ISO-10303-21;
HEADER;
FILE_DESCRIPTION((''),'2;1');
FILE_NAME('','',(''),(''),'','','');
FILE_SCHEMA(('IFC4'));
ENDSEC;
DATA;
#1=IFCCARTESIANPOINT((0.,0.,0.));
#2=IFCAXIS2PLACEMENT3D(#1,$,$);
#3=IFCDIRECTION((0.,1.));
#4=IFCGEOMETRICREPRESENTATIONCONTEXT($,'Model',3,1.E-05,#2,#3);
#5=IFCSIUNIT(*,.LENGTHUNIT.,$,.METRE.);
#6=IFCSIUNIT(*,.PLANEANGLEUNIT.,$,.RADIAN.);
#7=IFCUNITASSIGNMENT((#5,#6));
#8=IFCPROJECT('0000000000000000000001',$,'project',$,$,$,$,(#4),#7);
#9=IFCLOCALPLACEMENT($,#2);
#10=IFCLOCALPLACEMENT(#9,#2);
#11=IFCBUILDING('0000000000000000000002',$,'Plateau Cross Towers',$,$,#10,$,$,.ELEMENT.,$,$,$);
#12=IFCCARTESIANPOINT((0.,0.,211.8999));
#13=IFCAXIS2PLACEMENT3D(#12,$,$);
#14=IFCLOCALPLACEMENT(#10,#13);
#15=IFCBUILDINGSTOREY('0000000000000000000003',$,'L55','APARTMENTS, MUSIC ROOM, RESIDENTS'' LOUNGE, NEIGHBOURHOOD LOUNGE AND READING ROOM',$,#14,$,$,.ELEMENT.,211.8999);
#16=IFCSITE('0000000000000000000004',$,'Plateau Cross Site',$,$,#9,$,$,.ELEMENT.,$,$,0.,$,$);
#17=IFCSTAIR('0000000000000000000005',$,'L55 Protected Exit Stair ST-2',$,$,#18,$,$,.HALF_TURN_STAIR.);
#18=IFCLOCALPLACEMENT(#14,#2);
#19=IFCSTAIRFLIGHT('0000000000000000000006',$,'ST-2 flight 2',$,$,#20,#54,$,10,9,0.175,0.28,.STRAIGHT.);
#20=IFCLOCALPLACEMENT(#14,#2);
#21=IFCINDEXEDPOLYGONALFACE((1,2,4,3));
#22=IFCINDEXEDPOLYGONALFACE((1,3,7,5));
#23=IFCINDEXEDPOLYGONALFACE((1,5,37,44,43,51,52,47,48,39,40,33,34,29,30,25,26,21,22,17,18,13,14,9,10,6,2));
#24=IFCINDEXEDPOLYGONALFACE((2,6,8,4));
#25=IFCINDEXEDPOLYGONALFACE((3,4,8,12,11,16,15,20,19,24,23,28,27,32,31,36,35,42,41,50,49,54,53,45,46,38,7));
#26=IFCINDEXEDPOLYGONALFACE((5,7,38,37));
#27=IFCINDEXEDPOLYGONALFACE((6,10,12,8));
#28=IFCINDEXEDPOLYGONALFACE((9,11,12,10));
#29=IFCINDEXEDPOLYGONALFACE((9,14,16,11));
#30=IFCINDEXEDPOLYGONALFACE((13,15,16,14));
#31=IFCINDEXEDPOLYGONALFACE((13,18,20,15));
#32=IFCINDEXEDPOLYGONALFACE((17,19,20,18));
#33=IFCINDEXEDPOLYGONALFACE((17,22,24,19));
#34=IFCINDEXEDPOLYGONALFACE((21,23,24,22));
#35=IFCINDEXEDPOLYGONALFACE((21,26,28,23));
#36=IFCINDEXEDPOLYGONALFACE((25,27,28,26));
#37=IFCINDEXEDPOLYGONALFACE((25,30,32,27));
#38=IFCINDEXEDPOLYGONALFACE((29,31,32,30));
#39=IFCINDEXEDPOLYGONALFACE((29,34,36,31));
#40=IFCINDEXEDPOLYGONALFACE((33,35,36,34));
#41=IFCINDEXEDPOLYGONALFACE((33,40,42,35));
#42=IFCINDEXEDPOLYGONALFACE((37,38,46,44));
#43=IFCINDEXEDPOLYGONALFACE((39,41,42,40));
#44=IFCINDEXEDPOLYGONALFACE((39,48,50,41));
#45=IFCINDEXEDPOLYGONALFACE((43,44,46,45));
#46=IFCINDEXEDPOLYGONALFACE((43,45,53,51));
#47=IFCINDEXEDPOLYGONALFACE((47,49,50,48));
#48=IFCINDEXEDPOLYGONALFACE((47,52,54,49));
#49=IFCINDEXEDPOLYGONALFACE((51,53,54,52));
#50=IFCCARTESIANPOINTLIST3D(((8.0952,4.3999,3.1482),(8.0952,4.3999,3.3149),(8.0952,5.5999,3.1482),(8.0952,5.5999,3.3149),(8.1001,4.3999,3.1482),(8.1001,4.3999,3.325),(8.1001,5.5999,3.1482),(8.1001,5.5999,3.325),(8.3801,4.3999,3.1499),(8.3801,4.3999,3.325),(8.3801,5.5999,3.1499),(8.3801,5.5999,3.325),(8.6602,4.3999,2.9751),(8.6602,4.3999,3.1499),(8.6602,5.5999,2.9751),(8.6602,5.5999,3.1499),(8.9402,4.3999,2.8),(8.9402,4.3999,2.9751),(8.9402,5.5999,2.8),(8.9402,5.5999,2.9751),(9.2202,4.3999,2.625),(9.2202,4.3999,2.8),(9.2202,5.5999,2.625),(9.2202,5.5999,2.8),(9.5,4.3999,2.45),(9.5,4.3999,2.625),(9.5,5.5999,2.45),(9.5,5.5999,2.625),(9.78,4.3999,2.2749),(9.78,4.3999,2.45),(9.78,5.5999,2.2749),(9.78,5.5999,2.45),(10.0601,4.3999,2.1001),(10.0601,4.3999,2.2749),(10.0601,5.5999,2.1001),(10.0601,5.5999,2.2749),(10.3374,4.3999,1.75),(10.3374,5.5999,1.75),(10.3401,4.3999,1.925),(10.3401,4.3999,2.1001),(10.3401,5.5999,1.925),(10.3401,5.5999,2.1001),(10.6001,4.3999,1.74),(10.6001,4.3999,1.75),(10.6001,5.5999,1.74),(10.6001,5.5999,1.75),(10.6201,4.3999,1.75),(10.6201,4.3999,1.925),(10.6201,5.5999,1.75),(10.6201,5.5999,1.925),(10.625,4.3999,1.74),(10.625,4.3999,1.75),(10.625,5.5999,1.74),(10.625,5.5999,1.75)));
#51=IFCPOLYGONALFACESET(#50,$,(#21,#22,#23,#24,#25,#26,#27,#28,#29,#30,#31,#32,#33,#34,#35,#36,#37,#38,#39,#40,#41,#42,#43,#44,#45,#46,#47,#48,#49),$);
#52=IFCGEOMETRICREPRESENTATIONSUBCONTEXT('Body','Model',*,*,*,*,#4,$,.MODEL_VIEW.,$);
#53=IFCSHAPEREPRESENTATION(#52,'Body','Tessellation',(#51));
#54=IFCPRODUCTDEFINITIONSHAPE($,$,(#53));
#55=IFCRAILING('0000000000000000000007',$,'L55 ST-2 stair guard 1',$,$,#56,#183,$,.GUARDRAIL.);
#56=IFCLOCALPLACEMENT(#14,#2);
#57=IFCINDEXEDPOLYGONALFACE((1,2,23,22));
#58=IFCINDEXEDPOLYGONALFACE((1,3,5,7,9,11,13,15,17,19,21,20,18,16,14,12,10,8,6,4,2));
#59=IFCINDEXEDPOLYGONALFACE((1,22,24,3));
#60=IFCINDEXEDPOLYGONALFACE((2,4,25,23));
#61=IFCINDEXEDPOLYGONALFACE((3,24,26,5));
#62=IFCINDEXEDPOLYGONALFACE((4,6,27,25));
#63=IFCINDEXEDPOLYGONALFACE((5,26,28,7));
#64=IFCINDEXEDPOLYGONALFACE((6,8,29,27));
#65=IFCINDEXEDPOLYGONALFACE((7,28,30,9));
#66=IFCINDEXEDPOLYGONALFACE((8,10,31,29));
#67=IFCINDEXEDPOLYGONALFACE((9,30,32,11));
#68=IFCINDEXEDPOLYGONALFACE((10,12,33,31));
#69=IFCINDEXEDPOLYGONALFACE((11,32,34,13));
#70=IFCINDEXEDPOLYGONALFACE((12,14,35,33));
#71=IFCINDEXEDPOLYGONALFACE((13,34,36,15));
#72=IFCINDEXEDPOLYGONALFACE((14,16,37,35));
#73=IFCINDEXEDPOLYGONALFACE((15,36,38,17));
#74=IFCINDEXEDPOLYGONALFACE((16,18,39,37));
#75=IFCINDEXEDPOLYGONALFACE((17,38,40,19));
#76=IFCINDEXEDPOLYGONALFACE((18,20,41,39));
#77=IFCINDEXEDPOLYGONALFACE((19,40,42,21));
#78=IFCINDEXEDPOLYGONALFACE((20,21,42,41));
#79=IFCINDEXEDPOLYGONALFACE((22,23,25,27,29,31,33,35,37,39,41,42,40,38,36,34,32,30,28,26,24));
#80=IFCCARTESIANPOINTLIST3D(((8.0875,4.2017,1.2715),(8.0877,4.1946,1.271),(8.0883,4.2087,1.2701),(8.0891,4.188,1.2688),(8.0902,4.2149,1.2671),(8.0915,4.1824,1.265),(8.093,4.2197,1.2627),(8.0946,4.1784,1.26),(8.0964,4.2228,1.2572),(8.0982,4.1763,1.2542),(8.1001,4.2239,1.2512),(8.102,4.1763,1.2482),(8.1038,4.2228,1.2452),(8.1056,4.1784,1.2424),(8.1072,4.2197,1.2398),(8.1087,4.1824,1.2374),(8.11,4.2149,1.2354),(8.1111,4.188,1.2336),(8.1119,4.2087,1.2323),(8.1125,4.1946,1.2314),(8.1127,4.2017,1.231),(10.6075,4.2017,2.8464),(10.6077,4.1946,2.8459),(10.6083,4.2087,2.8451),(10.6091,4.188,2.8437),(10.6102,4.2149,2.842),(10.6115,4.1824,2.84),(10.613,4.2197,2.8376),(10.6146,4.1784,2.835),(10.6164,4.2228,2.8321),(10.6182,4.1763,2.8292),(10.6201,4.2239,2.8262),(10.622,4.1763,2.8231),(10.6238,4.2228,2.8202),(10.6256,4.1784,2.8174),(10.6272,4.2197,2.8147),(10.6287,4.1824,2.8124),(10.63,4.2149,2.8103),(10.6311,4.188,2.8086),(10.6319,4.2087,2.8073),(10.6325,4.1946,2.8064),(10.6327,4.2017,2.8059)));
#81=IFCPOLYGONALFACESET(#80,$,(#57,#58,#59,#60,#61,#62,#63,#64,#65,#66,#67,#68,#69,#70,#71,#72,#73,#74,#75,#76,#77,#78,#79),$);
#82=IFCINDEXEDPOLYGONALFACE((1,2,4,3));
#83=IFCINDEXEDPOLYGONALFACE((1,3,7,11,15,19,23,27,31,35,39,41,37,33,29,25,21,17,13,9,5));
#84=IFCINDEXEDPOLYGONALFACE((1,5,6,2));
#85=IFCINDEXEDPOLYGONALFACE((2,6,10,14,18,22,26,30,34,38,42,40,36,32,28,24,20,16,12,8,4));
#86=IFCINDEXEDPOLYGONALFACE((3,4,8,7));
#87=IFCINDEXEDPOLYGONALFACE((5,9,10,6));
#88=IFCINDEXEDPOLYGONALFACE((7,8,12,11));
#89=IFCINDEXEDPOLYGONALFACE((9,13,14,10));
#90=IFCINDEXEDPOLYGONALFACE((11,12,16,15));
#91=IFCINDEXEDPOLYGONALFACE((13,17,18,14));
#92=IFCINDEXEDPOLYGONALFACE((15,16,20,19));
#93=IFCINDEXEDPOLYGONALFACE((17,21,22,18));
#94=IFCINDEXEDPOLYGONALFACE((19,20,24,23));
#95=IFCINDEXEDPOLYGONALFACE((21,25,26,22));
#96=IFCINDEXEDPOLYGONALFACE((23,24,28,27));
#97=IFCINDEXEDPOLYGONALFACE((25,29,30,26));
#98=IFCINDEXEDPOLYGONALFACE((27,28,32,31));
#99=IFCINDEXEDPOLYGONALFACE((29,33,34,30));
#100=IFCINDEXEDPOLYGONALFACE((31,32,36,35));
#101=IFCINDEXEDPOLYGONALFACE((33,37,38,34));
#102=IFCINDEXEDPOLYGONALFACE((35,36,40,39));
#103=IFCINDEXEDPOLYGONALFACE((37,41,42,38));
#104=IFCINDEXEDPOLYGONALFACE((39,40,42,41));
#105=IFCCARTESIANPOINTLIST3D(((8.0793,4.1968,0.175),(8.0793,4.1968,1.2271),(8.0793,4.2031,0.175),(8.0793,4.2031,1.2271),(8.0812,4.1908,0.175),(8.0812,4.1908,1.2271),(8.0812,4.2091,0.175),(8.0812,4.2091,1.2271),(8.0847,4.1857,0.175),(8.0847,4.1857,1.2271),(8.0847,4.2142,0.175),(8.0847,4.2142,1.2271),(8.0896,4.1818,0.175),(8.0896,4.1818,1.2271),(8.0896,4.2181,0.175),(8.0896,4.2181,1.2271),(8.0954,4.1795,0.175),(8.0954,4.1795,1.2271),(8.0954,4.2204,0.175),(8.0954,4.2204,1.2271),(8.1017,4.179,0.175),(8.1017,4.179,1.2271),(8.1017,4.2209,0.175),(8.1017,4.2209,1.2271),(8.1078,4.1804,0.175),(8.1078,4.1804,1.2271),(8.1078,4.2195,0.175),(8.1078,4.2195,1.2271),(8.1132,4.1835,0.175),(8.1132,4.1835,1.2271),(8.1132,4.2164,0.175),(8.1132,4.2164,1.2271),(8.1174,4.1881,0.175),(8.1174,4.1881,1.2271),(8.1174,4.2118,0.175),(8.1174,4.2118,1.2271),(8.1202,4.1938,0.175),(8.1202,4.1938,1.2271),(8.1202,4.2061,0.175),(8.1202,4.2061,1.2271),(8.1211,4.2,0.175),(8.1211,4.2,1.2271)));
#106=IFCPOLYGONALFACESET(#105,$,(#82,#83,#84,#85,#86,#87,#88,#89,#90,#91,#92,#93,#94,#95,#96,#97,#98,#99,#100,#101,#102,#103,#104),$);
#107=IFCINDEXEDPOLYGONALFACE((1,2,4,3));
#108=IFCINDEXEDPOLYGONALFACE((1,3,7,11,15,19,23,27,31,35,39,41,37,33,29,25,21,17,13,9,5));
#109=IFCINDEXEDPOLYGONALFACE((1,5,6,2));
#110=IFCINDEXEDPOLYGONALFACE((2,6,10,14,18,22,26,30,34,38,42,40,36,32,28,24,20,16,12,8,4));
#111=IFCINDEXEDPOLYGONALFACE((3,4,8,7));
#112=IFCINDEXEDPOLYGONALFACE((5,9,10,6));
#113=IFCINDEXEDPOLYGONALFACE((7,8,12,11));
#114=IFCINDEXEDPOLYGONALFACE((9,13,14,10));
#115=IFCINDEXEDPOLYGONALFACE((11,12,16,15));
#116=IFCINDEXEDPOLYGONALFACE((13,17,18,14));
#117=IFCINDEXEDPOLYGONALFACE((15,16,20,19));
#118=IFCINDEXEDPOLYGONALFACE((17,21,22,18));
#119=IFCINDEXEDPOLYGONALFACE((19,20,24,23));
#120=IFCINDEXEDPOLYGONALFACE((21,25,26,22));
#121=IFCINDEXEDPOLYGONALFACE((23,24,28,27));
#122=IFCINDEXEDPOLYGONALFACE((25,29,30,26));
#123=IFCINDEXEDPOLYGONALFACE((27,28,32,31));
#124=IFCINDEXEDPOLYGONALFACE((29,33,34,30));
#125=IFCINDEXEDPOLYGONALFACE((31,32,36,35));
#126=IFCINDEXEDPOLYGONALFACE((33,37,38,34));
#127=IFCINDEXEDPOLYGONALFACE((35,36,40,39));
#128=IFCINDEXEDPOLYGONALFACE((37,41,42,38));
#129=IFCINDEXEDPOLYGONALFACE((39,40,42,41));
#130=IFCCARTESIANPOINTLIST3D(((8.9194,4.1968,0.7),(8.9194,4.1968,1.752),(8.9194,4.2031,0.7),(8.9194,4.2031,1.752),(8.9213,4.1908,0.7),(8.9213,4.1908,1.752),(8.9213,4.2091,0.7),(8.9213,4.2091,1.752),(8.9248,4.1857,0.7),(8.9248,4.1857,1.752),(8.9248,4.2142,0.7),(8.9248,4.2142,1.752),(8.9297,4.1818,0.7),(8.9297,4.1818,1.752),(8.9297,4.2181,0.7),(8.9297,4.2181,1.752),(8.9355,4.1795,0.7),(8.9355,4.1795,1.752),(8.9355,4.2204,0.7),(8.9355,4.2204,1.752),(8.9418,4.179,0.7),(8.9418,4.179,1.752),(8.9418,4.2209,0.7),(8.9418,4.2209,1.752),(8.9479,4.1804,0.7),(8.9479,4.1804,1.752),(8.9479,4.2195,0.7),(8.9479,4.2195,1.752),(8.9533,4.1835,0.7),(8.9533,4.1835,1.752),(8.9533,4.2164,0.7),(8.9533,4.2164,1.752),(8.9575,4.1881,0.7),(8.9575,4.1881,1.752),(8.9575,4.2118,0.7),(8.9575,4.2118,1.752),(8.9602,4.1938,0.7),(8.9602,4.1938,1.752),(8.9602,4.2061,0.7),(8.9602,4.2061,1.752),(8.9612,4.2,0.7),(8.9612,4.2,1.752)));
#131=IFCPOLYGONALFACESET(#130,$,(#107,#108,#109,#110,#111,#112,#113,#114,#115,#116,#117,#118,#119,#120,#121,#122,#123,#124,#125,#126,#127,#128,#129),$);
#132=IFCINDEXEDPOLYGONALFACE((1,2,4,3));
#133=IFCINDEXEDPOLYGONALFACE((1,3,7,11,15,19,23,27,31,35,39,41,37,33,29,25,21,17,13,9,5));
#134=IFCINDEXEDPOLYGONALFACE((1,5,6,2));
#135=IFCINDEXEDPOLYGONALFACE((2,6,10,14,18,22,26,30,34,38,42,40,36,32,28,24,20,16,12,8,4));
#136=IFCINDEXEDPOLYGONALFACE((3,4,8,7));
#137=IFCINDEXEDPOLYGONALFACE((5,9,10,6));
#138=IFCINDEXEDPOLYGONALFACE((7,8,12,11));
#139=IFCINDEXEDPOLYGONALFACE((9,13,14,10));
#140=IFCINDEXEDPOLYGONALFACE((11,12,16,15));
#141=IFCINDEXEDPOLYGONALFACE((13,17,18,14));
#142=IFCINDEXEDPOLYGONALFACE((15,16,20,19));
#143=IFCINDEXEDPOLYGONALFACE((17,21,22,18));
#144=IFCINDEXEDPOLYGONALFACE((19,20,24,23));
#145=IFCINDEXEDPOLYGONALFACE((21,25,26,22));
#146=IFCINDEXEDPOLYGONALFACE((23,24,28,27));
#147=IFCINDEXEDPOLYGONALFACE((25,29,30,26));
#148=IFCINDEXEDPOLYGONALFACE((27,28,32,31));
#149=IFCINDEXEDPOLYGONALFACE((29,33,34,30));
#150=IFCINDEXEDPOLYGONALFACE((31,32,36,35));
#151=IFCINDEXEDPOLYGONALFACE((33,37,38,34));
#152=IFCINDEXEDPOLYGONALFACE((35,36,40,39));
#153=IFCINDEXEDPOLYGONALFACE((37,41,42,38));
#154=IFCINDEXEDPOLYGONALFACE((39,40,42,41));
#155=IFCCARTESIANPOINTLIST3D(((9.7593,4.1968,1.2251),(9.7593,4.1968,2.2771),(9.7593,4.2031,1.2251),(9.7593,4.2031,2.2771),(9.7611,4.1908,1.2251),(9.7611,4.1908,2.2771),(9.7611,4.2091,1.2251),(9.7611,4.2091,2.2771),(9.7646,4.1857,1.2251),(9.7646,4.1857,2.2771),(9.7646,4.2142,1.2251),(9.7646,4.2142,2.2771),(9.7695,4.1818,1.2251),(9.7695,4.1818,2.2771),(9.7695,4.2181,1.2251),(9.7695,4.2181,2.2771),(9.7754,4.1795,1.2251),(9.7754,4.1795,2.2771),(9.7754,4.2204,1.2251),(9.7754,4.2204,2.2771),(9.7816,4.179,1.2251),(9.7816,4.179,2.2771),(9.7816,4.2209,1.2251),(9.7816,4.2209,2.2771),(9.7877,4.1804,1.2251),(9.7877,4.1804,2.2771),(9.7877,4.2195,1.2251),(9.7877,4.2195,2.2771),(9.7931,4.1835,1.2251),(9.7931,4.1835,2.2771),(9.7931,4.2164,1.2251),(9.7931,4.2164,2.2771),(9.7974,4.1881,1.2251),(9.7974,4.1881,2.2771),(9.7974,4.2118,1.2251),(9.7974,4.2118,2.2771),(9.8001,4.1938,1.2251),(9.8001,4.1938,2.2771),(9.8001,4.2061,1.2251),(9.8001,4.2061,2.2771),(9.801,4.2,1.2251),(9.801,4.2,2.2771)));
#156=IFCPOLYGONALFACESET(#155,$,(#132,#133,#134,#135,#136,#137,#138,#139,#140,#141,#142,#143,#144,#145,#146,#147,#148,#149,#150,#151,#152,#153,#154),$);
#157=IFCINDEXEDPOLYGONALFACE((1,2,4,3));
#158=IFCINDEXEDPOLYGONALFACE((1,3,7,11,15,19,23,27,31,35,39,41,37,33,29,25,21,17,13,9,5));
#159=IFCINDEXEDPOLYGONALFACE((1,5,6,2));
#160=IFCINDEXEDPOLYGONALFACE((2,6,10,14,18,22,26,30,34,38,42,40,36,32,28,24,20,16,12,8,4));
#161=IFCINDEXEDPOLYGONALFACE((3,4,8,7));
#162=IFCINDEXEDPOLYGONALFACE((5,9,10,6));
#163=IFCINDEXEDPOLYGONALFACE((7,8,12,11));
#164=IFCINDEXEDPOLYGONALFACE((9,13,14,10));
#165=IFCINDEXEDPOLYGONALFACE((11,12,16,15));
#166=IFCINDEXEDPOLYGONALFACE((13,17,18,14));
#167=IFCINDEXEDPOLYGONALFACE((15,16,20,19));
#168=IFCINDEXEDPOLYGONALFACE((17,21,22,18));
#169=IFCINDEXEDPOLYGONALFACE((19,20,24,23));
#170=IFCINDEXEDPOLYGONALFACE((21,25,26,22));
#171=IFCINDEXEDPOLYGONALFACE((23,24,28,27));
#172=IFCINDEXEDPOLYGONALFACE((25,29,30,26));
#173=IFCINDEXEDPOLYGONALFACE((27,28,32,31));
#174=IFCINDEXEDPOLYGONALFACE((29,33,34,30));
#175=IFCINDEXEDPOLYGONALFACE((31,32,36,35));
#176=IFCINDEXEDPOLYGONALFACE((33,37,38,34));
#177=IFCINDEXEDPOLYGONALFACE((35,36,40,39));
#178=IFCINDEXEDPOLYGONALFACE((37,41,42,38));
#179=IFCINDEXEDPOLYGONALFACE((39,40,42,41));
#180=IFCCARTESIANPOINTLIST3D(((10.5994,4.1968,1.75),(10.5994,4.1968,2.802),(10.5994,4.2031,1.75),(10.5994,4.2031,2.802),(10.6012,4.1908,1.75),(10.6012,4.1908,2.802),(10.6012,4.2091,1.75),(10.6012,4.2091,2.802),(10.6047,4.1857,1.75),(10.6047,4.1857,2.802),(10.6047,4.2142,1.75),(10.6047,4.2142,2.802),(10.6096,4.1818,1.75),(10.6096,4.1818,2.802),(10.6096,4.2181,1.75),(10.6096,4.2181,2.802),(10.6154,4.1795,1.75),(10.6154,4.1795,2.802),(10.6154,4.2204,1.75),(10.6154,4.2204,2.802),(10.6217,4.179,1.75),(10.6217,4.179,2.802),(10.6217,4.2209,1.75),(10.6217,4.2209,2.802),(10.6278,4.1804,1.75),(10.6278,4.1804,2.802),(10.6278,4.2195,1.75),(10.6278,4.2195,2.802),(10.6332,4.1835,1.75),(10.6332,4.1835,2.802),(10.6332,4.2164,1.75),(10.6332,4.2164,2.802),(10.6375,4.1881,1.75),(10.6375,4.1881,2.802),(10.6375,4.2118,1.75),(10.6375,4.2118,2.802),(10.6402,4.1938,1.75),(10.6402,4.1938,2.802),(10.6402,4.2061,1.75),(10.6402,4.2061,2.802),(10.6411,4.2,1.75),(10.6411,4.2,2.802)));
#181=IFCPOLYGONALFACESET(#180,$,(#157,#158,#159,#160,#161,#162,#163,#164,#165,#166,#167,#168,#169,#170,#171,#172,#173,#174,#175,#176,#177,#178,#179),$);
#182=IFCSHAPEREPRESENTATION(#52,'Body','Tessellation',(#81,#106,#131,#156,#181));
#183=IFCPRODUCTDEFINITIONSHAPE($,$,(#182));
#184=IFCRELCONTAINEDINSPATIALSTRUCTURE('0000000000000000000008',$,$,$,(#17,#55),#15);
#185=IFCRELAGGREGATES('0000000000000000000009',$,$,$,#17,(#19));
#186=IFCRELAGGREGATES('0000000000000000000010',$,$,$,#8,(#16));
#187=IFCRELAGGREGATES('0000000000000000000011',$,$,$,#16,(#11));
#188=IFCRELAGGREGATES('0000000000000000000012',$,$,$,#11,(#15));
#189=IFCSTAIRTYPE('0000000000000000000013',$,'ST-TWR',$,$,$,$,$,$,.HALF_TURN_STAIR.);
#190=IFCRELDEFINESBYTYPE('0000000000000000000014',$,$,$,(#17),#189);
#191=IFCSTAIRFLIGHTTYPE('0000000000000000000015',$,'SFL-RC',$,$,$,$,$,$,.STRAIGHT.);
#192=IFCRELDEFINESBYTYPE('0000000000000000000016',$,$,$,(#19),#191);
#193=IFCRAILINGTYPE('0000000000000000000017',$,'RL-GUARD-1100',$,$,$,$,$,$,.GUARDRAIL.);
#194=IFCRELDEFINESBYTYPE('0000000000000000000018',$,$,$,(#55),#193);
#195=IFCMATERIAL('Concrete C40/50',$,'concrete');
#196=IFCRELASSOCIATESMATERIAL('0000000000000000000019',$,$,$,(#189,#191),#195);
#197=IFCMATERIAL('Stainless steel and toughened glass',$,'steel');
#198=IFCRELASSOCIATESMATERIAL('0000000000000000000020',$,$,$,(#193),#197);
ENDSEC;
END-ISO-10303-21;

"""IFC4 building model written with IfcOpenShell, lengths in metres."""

from ifc_helpers import new_model, si_unit, direction, frame, origin, origin_2d, place, context, subcontext, project, spatial, polyline, circle, outline, extrude, material, type_object, element, aggregate, save


model = new_model("IFC4")

# Units and contexts
model_context = context("Model", 3, precision=1e-05, world=origin(), true_north=direction((0.0, 1.0)))
body_context = subcontext(model_context, "Body", "Model", "MODEL_VIEW")
ifc_project = project(units=[si_unit("LENGTHUNIT", "METRE"), si_unit("PLANEANGLEUNIT", "RADIAN")], contexts=[model_context])

# Site, building, storey
site_placement = place(None, origin())
site = spatial("IfcSite", under=ifc_project, at=site_placement, Name="Plateau Cross Site", CompositionType="ELEMENT", RefElevation=0.0)
building_placement = place(site_placement, origin())
building = spatial("IfcBuilding", under=site, at=building_placement, Name="Plateau Cross Towers", CompositionType="ELEMENT")
storey_placement = place(building_placement, frame((0.0, 0.0, 211.8999)))
storey = spatial("IfcBuildingStorey", under=building, at=storey_placement, Name="L55", Description="APARTMENTS, MUSIC ROOM, RESIDENTS' LOUNGE, NEIGHBOURHOOD LOUNGE AND READING ROOM", CompositionType="ELEMENT", Elevation=211.8999)

# Stair, stair flight
ifc_material_1 = material(Name="Concrete C40/50", Category="concrete")
stair_type = type_object("IfcStairType", Name="ST-TWR", PredefinedType="HALF_TURN_STAIR", material=ifc_material_1)
stair_placement = place(storey_placement, origin())
stair = element("IfcStair", 1, at=stair_placement, inside=storey, type_object=stair_type, Name="L55 Protected Exit Stair ST-2", PredefinedType="HALF_TURN_STAIR")
stair_flight_type = type_object("IfcStairFlightType", Name="SFL-RC", PredefinedType="STRAIGHT", material=ifc_material_1)
stair_flight_placement = place(storey_placement, frame((10.6201, 5.0, 1.75), z_axis=(0.0, 0.0, 1.0), x_axis=(-1.0, 0.0, 0.0)))
stair_flight = element("IfcStairFlight", 2, at=stair_flight_placement, type_object=stair_flight_type, Name="ST-2 flight 2", NumberOfRisers=10, NumberOfTreads=9, PredefinedType="STRAIGHT", RiserHeight=0.175, TreadLength=0.28, context=body_context, shape_type="SweptSolid", body=[
    extrude(outline(polyline([(-0.0049, -0.01), (-0.0049, 0.0), (0.0, 0.0), (0.0, 0.175), (0.28, 0.175), (0.28, 0.3501), (0.5601, 0.3501), (0.5601, 0.5249), (0.8401, 0.5249), (0.8401, 0.7), (1.1201, 0.7), (1.1201, 0.875), (1.3999, 0.875), (1.3999, 1.05), (1.6799, 1.05), (1.6799, 1.2251), (1.96, 1.2251), (1.96, 1.3999), (2.24, 1.3999), (2.24, 1.575), (2.52, 1.575), (2.5249, 1.5649), (2.5249, 1.3982), (2.52, 1.3982), (0.2827, 0.0), (0.02, 0.0), (0.02, -0.01), (-0.0049, -0.01)])), frame((0.0, 0.6001, 0.0), z_axis=(0.0, -1.0, 0.0), x_axis=(1.0, 0.0, 0.0)), (0.0, 0.0, 1.0), 1.2),
])
aggregate(stair, [stair_flight])

# Railing
ifc_material_2 = material(Name="Stainless steel and toughened glass", Category="steel")
railing_type_1 = type_object("IfcRailingType", Name="RL-GUARD-1100", PredefinedType="GUARDRAIL", material=ifc_material_2)
railing_1_placement = place(storey_placement, frame((8.1001, 4.2, 0.175)))
element("IfcRailing", 3, at=railing_1_placement, inside=storey, type_object=railing_type_1, Name="L55 ST-2 stair guard 1", PredefinedType="GUARDRAIL", context=body_context, shape_type="SweptSolid", body=[
    extrude(circle(Radius=0.0239, at=origin_2d()), frame((0.0, 0.0, 1.0762), z_axis=(0.848008, 0.0, 0.529984), x_axis=(0.0, 1.0, 0.0)), (0.0, 0.0, 1.0), 2.9717),
    extrude(circle(Radius=0.021, at=origin_2d()), origin(), (0.0, 0.0, 1.0), 1.052),
    extrude(circle(Radius=0.021, at=origin_2d()), frame((0.8401, 0.0, 0.5249)), (0.0, 0.0, 1.0), 1.052),
    extrude(circle(Radius=0.021, at=origin_2d()), frame((1.6799, 0.0, 1.05)), (0.0, 0.0, 1.0), 1.052),
    extrude(circle(Radius=0.021, at=origin_2d()), frame((2.52, 0.0, 1.575)), (0.0, 0.0, 1.0), 1.052),
])

save(model, "model.ifc")
